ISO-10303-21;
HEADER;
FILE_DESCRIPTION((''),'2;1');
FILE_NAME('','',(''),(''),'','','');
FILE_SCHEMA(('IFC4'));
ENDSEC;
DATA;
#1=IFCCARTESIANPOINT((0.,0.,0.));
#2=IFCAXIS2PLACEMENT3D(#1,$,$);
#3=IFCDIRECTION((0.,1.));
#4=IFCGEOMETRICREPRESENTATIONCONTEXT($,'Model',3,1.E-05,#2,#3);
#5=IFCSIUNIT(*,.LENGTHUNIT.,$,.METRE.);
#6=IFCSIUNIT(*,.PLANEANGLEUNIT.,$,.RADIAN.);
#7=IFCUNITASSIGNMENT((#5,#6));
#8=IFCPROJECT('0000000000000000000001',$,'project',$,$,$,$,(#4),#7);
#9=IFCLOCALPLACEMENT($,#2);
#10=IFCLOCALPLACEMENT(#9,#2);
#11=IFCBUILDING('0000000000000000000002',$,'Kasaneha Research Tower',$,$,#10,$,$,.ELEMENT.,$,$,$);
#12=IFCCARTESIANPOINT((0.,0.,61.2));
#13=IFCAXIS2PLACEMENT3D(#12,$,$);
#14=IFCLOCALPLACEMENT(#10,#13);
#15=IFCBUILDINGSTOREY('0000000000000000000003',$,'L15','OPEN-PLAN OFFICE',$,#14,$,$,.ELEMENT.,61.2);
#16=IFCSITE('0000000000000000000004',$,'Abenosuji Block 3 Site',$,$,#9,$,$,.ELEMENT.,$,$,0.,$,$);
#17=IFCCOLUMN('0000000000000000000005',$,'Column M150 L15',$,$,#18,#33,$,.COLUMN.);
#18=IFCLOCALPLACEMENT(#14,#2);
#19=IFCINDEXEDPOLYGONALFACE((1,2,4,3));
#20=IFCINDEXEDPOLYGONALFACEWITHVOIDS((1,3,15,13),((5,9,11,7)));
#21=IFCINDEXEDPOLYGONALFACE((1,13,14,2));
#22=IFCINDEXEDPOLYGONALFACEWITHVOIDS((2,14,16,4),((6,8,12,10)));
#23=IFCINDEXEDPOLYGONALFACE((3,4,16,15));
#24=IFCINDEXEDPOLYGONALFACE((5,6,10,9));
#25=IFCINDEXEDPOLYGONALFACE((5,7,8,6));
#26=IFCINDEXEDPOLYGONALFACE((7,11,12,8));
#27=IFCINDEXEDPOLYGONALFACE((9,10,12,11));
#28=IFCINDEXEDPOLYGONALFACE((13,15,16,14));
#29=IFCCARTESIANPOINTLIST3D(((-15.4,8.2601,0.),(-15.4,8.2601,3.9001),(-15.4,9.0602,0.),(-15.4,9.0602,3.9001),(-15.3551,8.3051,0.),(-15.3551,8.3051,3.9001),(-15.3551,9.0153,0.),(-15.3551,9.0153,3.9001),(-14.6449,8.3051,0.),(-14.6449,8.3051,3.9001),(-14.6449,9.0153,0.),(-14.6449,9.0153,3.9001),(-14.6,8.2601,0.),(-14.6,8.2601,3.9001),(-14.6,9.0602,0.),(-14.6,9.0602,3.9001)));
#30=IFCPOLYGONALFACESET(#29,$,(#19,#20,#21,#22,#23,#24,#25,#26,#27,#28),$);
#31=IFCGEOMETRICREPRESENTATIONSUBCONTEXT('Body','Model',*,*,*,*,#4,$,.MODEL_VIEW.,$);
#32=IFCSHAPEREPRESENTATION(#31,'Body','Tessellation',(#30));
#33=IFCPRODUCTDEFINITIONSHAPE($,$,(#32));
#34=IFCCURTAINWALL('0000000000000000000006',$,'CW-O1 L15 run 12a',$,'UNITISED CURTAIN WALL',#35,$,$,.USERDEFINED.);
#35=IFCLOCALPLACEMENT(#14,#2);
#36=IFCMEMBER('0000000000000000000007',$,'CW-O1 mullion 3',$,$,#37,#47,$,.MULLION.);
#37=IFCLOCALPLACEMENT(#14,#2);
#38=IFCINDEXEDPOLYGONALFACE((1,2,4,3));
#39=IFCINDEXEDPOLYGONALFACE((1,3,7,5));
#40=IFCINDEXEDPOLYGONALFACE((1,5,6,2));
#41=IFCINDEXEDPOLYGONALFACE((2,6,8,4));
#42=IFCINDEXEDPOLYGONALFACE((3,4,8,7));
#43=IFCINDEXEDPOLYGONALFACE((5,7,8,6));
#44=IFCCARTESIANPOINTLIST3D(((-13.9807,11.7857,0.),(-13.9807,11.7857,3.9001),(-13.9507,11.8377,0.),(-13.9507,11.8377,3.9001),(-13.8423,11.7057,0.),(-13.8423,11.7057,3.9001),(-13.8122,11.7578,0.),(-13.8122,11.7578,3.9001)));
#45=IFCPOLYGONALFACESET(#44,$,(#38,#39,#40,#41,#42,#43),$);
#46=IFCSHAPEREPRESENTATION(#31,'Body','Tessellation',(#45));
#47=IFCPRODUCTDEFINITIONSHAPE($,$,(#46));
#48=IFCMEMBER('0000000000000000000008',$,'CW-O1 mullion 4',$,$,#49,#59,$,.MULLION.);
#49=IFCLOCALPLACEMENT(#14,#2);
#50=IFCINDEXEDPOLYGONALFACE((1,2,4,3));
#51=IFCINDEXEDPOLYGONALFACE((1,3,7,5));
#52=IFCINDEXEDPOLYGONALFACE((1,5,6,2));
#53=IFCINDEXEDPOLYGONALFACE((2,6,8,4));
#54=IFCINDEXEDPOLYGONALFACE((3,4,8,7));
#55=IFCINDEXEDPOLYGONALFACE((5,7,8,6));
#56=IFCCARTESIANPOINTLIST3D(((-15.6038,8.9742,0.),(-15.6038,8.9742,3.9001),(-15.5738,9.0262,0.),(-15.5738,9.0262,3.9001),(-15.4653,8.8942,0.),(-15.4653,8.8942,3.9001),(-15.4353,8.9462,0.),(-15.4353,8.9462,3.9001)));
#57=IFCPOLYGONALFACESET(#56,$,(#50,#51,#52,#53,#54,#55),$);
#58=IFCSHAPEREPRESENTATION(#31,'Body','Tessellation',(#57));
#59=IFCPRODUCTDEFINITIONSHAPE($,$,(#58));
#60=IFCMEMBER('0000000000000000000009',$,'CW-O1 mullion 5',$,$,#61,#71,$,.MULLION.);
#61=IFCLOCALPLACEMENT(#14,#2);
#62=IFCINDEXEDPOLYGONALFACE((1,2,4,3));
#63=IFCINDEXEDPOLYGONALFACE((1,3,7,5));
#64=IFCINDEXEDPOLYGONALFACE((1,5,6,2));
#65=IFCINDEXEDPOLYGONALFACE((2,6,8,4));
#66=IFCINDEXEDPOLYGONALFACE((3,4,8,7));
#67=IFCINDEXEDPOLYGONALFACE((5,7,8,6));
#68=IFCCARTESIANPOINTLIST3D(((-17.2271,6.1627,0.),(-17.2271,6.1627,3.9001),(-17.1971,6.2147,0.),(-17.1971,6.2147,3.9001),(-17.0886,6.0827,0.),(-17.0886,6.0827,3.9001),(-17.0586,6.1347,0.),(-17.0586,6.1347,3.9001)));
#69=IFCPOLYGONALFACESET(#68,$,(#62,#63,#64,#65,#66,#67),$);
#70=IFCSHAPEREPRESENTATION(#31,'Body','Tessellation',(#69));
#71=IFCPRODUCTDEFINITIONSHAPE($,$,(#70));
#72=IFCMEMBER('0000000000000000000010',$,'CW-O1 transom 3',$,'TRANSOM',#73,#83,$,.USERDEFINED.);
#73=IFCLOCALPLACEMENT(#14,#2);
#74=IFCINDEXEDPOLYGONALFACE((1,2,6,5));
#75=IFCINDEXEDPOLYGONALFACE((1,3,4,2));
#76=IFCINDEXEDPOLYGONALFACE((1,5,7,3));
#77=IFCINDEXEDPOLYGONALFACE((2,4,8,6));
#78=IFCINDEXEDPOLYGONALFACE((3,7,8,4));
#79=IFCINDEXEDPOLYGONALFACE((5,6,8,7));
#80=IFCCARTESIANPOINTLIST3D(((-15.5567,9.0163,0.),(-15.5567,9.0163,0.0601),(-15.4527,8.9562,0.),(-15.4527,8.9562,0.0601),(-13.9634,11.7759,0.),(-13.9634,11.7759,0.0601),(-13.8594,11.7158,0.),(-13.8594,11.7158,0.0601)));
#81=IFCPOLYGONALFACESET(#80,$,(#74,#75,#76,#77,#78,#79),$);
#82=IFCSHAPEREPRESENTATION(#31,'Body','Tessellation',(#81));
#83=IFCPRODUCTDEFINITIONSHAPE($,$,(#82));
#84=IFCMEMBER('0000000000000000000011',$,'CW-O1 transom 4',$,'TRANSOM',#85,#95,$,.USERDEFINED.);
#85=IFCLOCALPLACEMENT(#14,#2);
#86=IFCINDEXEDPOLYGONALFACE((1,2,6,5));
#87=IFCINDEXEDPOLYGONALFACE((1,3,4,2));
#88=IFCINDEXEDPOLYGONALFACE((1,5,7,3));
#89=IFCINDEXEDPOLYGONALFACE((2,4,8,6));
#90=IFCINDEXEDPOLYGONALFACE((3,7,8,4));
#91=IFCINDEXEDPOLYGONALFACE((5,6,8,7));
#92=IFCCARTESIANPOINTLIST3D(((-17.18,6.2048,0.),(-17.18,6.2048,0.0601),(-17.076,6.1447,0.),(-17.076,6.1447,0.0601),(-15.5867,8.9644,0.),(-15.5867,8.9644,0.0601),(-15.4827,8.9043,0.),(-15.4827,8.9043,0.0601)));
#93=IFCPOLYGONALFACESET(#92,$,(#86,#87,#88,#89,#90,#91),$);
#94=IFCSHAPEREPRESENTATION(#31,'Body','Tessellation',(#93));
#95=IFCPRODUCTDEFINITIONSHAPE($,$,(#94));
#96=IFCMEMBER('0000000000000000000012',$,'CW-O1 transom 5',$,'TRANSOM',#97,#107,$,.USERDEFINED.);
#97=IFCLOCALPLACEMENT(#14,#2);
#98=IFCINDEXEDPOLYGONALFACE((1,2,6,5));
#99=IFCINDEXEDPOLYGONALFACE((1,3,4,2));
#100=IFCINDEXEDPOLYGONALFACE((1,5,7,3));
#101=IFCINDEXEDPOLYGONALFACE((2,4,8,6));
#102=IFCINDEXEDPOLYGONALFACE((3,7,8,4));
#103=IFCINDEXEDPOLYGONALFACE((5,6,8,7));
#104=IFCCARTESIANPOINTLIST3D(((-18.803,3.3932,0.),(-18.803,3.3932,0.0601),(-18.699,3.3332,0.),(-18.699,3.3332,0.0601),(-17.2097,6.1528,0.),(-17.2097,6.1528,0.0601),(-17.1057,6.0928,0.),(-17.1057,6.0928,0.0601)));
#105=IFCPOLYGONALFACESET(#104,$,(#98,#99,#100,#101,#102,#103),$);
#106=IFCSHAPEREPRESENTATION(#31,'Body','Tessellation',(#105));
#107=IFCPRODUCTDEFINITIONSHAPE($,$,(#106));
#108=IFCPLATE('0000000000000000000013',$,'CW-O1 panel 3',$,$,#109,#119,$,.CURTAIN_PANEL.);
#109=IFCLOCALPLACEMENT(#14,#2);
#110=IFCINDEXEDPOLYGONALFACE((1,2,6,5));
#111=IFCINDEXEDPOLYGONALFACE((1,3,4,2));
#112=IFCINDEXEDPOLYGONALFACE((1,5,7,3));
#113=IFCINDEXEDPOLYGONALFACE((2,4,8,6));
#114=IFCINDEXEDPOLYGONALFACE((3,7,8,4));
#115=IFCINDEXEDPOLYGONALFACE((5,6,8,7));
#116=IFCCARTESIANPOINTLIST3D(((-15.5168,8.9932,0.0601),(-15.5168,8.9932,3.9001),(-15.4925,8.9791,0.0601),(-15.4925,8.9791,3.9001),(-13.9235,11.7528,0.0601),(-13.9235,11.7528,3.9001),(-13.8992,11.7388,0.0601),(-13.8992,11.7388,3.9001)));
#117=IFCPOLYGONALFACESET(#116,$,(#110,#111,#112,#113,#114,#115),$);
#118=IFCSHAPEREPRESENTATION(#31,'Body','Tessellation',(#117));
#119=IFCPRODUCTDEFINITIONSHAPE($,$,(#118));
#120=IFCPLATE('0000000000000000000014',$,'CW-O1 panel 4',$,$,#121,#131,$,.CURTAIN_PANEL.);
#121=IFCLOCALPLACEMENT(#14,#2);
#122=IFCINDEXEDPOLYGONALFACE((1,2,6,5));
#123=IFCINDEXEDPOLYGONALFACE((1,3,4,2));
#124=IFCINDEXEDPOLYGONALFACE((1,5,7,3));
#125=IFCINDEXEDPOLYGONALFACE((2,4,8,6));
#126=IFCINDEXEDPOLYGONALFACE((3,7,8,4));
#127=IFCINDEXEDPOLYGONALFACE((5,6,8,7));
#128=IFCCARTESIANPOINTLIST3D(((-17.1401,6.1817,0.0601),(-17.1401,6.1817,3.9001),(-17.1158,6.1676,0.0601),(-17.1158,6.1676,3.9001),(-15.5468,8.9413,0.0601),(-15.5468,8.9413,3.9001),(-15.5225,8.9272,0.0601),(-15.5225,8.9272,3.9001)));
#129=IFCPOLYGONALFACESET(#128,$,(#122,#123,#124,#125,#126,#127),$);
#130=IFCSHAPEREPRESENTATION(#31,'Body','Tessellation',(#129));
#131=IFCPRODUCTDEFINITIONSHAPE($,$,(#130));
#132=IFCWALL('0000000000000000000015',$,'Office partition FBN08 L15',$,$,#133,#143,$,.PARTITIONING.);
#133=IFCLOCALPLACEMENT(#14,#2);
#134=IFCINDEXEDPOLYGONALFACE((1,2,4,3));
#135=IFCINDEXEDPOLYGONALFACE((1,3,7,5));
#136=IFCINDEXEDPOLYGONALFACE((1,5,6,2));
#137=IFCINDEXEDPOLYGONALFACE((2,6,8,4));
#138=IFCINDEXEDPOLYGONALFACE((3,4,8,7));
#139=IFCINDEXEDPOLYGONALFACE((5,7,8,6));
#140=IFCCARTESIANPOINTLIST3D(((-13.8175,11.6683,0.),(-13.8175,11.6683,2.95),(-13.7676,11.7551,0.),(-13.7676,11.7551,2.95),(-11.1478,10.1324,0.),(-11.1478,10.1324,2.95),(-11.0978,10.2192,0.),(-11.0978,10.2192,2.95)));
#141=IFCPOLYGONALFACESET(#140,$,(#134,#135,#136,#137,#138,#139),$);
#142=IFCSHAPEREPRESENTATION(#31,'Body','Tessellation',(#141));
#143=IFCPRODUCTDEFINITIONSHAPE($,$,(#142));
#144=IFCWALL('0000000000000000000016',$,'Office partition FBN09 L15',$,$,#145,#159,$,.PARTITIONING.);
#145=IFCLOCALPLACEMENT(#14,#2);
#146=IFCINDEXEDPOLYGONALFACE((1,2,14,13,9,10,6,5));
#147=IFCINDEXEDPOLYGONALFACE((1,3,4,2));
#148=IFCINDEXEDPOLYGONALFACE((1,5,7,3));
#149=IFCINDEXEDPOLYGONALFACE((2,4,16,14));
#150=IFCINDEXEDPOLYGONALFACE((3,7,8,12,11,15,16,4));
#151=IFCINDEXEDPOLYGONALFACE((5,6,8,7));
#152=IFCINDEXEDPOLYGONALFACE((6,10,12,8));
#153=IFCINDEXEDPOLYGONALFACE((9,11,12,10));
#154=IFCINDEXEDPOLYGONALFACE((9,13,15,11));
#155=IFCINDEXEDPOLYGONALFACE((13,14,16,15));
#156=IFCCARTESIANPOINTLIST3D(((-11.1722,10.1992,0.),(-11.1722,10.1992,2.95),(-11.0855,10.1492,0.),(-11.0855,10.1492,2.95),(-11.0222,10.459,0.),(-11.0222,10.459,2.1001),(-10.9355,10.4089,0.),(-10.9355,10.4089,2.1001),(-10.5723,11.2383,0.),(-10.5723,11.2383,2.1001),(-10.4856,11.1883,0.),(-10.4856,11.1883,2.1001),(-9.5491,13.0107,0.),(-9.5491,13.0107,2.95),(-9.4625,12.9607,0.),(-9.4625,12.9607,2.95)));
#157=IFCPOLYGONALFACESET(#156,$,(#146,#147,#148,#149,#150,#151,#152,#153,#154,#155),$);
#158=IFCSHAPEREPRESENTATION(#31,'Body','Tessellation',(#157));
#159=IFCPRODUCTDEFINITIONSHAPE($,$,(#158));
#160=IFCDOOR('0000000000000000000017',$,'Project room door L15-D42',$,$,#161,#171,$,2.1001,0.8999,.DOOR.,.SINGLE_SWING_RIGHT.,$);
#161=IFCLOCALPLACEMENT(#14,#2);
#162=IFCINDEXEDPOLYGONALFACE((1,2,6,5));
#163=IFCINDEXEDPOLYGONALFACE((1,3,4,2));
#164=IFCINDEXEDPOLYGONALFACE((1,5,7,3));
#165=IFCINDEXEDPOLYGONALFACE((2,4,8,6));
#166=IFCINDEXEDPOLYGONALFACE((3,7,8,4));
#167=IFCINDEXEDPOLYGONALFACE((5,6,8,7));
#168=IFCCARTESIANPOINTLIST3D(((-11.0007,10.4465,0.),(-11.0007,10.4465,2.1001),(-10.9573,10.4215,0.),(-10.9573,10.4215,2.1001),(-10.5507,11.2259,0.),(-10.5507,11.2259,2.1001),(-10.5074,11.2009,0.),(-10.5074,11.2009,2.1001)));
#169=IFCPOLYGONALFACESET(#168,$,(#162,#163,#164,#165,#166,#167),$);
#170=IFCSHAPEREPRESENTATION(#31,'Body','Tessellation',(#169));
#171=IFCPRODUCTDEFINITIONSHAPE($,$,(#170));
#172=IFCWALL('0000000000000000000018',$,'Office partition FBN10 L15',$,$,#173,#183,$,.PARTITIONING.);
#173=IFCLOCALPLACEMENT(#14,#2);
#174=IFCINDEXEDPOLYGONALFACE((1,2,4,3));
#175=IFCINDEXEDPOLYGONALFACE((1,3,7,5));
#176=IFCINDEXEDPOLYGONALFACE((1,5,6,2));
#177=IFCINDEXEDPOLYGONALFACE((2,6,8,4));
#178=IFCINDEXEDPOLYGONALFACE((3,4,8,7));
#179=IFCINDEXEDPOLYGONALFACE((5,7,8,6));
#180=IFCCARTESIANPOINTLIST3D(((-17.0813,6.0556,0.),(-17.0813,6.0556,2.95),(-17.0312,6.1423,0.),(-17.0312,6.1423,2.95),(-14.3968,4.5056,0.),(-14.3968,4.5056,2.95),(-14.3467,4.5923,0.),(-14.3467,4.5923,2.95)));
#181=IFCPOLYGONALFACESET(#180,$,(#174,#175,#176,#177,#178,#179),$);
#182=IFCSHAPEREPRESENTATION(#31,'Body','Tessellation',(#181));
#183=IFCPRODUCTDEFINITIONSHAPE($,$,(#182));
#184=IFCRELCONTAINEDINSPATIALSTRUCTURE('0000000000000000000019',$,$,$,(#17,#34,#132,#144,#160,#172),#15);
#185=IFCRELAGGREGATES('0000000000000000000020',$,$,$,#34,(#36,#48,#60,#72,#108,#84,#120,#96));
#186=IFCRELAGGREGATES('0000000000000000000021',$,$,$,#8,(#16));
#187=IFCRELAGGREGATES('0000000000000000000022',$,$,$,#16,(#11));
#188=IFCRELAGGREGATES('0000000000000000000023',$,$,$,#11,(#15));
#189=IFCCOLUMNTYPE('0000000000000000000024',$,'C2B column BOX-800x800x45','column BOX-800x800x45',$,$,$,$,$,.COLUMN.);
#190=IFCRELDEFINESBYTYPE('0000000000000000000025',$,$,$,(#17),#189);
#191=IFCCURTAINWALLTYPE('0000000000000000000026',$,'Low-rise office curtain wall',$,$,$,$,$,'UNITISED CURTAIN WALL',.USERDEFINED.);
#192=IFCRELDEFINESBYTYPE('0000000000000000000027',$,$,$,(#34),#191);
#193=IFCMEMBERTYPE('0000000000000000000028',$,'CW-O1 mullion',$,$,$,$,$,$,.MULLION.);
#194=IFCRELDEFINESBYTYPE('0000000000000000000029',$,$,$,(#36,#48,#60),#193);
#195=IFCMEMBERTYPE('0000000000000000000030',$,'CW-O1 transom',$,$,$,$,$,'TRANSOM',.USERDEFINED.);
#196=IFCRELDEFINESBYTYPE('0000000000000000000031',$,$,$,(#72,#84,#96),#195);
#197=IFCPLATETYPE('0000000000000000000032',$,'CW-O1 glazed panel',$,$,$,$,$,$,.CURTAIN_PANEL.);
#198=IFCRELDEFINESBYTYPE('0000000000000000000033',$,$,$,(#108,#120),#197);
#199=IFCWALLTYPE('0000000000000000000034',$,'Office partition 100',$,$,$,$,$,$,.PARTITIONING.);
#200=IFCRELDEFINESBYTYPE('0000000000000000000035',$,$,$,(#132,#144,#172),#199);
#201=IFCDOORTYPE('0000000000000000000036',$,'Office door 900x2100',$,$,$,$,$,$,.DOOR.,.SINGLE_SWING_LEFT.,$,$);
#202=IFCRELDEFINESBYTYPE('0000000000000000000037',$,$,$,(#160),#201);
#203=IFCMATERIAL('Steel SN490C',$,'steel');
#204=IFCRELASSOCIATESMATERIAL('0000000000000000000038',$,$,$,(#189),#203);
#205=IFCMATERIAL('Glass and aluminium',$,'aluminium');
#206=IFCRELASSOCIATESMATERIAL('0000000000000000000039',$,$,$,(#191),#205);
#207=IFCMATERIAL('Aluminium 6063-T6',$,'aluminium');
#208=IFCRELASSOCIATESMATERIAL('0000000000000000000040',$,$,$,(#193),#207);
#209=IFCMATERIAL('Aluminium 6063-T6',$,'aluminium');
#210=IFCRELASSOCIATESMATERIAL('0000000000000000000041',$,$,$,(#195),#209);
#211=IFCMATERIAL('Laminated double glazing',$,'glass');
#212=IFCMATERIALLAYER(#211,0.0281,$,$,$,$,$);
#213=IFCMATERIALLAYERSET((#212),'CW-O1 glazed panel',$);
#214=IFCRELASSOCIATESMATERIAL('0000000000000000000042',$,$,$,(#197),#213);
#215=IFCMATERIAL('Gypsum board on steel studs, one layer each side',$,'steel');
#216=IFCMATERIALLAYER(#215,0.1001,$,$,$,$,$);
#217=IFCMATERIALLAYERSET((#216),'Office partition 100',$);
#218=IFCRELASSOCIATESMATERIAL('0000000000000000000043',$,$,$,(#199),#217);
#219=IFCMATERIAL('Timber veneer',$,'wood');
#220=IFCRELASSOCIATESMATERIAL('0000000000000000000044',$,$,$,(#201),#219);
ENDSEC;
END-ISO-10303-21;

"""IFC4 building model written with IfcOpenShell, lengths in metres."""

from ifc_helpers import new_model, si_unit, direction, frame, frame_2d, origin, origin_2d, place, context, subcontext, project, spatial, rectangle, hollow_rectangle, extrude, material, layer, layer_set, material_profile, profile_set, type_object, element, fill, aggregate, save


model = new_model("IFC4")

# Units and contexts
model_context = context("Model", 3, precision=1e-05, world=origin(), true_north=direction((0.0, 1.0)))
body_context = subcontext(model_context, "Body", "Model", "MODEL_VIEW")
ifc_project = project(units=[si_unit("LENGTHUNIT", "METRE"), si_unit("PLANEANGLEUNIT", "RADIAN")], contexts=[model_context])

# Site, building, storey
site_placement = place(None, origin())
site = spatial("IfcSite", under=ifc_project, at=site_placement, Name="Abenosuji Block 3 Site", CompositionType="ELEMENT", RefElevation=0.0)
building_placement = place(site_placement, origin())
building = spatial("IfcBuilding", under=site, at=building_placement, Name="Kasaneha Research Tower", CompositionType="ELEMENT")
storey_placement = place(building_placement, frame((0.0, 0.0, 61.2)))
storey = spatial("IfcBuildingStorey", under=building, at=storey_placement, Name="L15", Description="OPEN-PLAN OFFICE", CompositionType="ELEMENT", Elevation=61.2)

# Column
ifc_material_1 = material(Name="Steel SN490C", Category="steel")
ifc_material_profile_1 = material_profile(ifc_material_1, hollow_rectangle(XDim=0.8, YDim=0.8, WallThickness=0.0449, at=origin_2d()), Name="BOX-800x800x45")
ifc_profile_set_1 = profile_set([ifc_material_profile_1], Name="Steel SN490C")
column_type = type_object("IfcColumnType", Name="C2B column BOX-800x800x45", Description="column BOX-800x800x45", PredefinedType="COLUMN", material=ifc_profile_set_1)
column_placement = place(storey_placement, frame((-15.0, 8.6602, 0.0), z_axis=(0.0, 0.0, 1.0), x_axis=(1.0, 0.0, 0.0)))
element("IfcColumn", 1, at=column_placement, inside=storey, type_object=column_type, Name="Column M150 L15", PredefinedType="COLUMN", context=body_context, shape_type="SweptSolid", body=[
    extrude(hollow_rectangle(XDim=0.8, YDim=0.8, WallThickness=0.0449, at=origin_2d()), origin(), (0.0, 0.0, 1.0), 3.9001),
])

# Curtain wall, members, plates
ifc_material_2 = material(Name="Glass and aluminium", Category="aluminium")
curtain_wall_type = type_object("IfcCurtainWallType", Name="Low-rise office curtain wall", ElementType="UNITISED CURTAIN WALL", PredefinedType="USERDEFINED", material=ifc_material_2)
curtain_wall_placement = place(storey_placement, origin())
curtain_wall = element("IfcCurtainWall", 2, at=curtain_wall_placement, inside=storey, type_object=curtain_wall_type, Name="CW-O1 L15 run 12a", ObjectType="UNITISED CURTAIN WALL", PredefinedType="USERDEFINED")
ifc_material_3 = material(Name="Aluminium 6063-T6", Category="aluminium")
ifc_material_profile_2 = material_profile(ifc_material_3, rectangle(XDim=0.0601, YDim=0.1599, at=origin_2d()), Name="CW-O1 mullion 60x160")
ifc_profile_set_2 = profile_set([ifc_material_profile_2], Name="Aluminium 6063-T6")
member_type_1 = type_object("IfcMemberType", Name="CW-O1 mullion", PredefinedType="MULLION", material=ifc_profile_set_2)
member_1_placement = place(storey_placement, frame((-13.8965, 11.7717, 0.0), z_axis=(0.0, 0.0, 1.0), x_axis=(-0.5, -0.866025, 0.0)))
member_1 = element("IfcMember", 3, at=member_1_placement, type_object=member_type_1, Name="CW-O1 mullion 3", PredefinedType="MULLION", context=body_context, shape_type="SweptSolid", body=[
    extrude(rectangle(XDim=0.0601, YDim=0.1599, at=origin_2d()), origin(), (0.0, 0.0, 1.0), 3.9001),
])
member_2_placement = place(storey_placement, frame((-15.5195, 8.9602, 0.0), z_axis=(0.0, 0.0, 1.0), x_axis=(-0.5, -0.866025, 0.0)))
member_2 = element("IfcMember", 4, at=member_2_placement, type_object=member_type_1, Name="CW-O1 mullion 4", PredefinedType="MULLION", context=body_context, shape_type="SweptSolid", body=[
    extrude(rectangle(XDim=0.0601, YDim=0.1599, at=origin_2d()), origin(), (0.0, 0.0, 1.0), 3.9001),
])
member_3_placement = place(storey_placement, frame((-17.1428, 6.1487, 0.0), z_axis=(0.0, 0.0, 1.0), x_axis=(-0.5, -0.866025, 0.0)))
member_3 = element("IfcMember", 5, at=member_3_placement, type_object=member_type_1, Name="CW-O1 mullion 5", PredefinedType="MULLION", context=body_context, shape_type="SweptSolid", body=[
    extrude(rectangle(XDim=0.0601, YDim=0.1599, at=origin_2d()), origin(), (0.0, 0.0, 1.0), 3.9001),
])
ifc_material_4 = material(Name="Aluminium 6063-T6", Category="aluminium")
ifc_material_profile_3 = material_profile(ifc_material_4, rectangle(XDim=0.1201, YDim=0.0601, at=origin_2d()), Name="CW-O1 transom 120x60")
ifc_profile_set_3 = profile_set([ifc_material_profile_3], Name="Aluminium 6063-T6")
member_type_2 = type_object("IfcMemberType", Name="CW-O1 transom", ElementType="TRANSOM", PredefinedType="USERDEFINED", material=ifc_profile_set_3)
member_4_placement = place(storey_placement, frame((-13.9114, 11.7458, 0.03), z_axis=(-0.500012, -0.866018, 0.0), x_axis=(0.866018, -0.500012, 0.0)))
member_4 = element("IfcMember", 6, at=member_4_placement, type_object=member_type_2, Name="CW-O1 transom 3", ObjectType="TRANSOM", PredefinedType="USERDEFINED", context=body_context, shape_type="SweptSolid", body=[
    extrude(rectangle(XDim=0.1201, YDim=0.0601, at=origin_2d()), origin(), (0.0, 0.0, 1.0), 3.1865),
])
member_5_placement = place(storey_placement, frame((-15.5347, 8.9343, 0.03), z_axis=(-0.500012, -0.866018, 0.0), x_axis=(0.866018, -0.500012, 0.0)))
member_5 = element("IfcMember", 7, at=member_5_placement, type_object=member_type_2, Name="CW-O1 transom 4", ObjectType="TRANSOM", PredefinedType="USERDEFINED", context=body_context, shape_type="SweptSolid", body=[
    extrude(rectangle(XDim=0.1201, YDim=0.0601, at=origin_2d()), origin(), (0.0, 0.0, 1.0), 3.1865),
])
member_6_placement = place(storey_placement, frame((-17.1577, 6.1228, 0.03), z_axis=(-0.500012, -0.866018, 0.0), x_axis=(0.866018, -0.500012, 0.0)))
member_6 = element("IfcMember", 8, at=member_6_placement, type_object=member_type_2, Name="CW-O1 transom 5", ObjectType="TRANSOM", PredefinedType="USERDEFINED", context=body_context, shape_type="SweptSolid", body=[
    extrude(rectangle(XDim=0.1201, YDim=0.0601, at=origin_2d()), origin(), (0.0, 0.0, 1.0), 3.1865),
])
ifc_material_5 = material(Name="Laminated double glazing", Category="glass")
ifc_layer_1 = layer(ifc_material_5, 0.0281)
ifc_layer_set_1 = layer_set([ifc_layer_1], Name="CW-O1 glazed panel")
plate_type = type_object("IfcPlateType", Name="CW-O1 glazed panel", PredefinedType="CURTAIN_PANEL", material=ifc_layer_set_1)
plate_1_placement = place(storey_placement, frame((-14.708, 10.366, 0.0601), z_axis=(0.0, 0.0, 1.0), x_axis=(-0.5, -0.866025, 0.0)))
plate_1 = element("IfcPlate", 9, at=plate_1_placement, type_object=plate_type, Name="CW-O1 panel 3", PredefinedType="CURTAIN_PANEL", context=body_context, shape_type="SweptSolid", body=[
    extrude(rectangle(XDim=3.1865, YDim=0.0281, at=origin_2d()), origin(), (0.0, 0.0, 1.0), 3.8401),
])
plate_2_placement = place(storey_placement, frame((-16.3313, 7.5544, 0.0601), z_axis=(0.0, 0.0, 1.0), x_axis=(-0.5, -0.866025, 0.0)))
plate_2 = element("IfcPlate", 10, at=plate_2_placement, type_object=plate_type, Name="CW-O1 panel 4", PredefinedType="CURTAIN_PANEL", context=body_context, shape_type="SweptSolid", body=[
    extrude(rectangle(XDim=3.1865, YDim=0.0281, at=origin_2d()), origin(), (0.0, 0.0, 1.0), 3.8401),
])
aggregate(curtain_wall, [member_1, member_2, member_3, member_4, plate_1, member_5, plate_2, member_6])

# Wall
ifc_material_6 = material(Name="Gypsum board on steel studs, one layer each side", Category="steel")
ifc_layer_2 = layer(ifc_material_6, 0.1001)
ifc_layer_set_2 = layer_set([ifc_layer_2], Name="Office partition 100")
wall_type_1 = type_object("IfcWallType", Name="Office partition 100", PredefinedType="PARTITIONING", material=ifc_layer_set_2)
wall_1_placement = place(storey_placement, frame((-11.1228, 10.1758, 0.0), z_axis=(0.0, 0.0, 1.0), x_axis=(-0.866791, 0.498672, 0.0)))
element("IfcWall", 11, at=wall_1_placement, inside=storey, type_object=wall_type_1, Name="Office partition FBN08 L15", PredefinedType="PARTITIONING", context=body_context, shape_type="SweptSolid", body=[
    extrude(rectangle(XDim=3.0801, YDim=0.1001, at=frame_2d((1.54, 0.0))), origin(), (0.0, 0.0, 1.0), 2.95),
])

# Wall, opening, door
wall_2_placement = place(storey_placement, frame((-9.5059, 12.9856, 0.0), z_axis=(0.0, 0.0, 1.0), x_axis=(-0.499957, -0.86605, 0.0)))
wall_2 = element("IfcWall", 12, at=wall_2_placement, inside=storey, type_object=wall_type_1, Name="Office partition FBN09 L15", PredefinedType="PARTITIONING", context=body_context, shape_type="SweptSolid", body=[
    extrude(rectangle(XDim=3.2463, YDim=0.1001, at=frame_2d((1.623, 0.0))), origin(), (0.0, 0.0, 1.0), 2.95),
])
opening_1_placement = place(wall_2_placement, frame((2.0464, 0.0, 0.0)))
opening_1 = element("IfcOpeningElement", 13, at=opening_1_placement, cuts=wall_2, PredefinedType="OPENING", context=body_context, shape_type="SweptSolid", body=[
    extrude(rectangle(XDim=0.8999, YDim=2.1001, at=frame_2d((0.45, 1.05))), frame((0.0, 0.0601, 0.0), z_axis=(0.0, -1.0, 0.0), x_axis=(1.0, 0.0, 0.0)), (0.0, 0.0, 1.0), 0.1201),
])
ifc_material_7 = material(Name="Timber veneer", Category="wood")
door_type_1 = type_object("IfcDoorType", Name="Office door 900x2100", OperationType="SINGLE_SWING_LEFT", PredefinedType="DOOR", material=ifc_material_7)
door_1_placement = place(opening_1_placement, origin())
door_1 = element("IfcDoor", 14, at=door_1_placement, inside=storey, type_object=door_type_1, Name="Project room door L15-D42", OperationType="SINGLE_SWING_RIGHT", OverallHeight=2.1001, OverallWidth=0.8999, PredefinedType="DOOR", context=body_context, shape_type="SweptSolid", body=[
    extrude(rectangle(XDim=0.8999, YDim=2.1001, at=frame_2d((0.45, 1.05))), frame((0.0, 0.0249, 0.0), z_axis=(0.0, -1.0, 0.0), x_axis=(1.0, 0.0, 0.0)), (0.0, 0.0, 1.0), 0.05),
])
fill(opening_1, door_1)

# Wall
wall_3_placement = place(storey_placement, frame((-17.0562, 6.0989, 0.0), z_axis=(0.0, 0.0, 1.0), x_axis=(0.86601, -0.500027, 0.0)))
element("IfcWall", 15, at=wall_3_placement, inside=storey, type_object=wall_type_1, Name="Office partition FBN10 L15", PredefinedType="PARTITIONING", context=body_context, shape_type="SweptSolid", body=[
    extrude(rectangle(XDim=3.0999, YDim=0.1001, at=frame_2d((1.5498, 0.0))), origin(), (0.0, 0.0, 1.0), 2.95),
])

save(model, "model.ifc")
